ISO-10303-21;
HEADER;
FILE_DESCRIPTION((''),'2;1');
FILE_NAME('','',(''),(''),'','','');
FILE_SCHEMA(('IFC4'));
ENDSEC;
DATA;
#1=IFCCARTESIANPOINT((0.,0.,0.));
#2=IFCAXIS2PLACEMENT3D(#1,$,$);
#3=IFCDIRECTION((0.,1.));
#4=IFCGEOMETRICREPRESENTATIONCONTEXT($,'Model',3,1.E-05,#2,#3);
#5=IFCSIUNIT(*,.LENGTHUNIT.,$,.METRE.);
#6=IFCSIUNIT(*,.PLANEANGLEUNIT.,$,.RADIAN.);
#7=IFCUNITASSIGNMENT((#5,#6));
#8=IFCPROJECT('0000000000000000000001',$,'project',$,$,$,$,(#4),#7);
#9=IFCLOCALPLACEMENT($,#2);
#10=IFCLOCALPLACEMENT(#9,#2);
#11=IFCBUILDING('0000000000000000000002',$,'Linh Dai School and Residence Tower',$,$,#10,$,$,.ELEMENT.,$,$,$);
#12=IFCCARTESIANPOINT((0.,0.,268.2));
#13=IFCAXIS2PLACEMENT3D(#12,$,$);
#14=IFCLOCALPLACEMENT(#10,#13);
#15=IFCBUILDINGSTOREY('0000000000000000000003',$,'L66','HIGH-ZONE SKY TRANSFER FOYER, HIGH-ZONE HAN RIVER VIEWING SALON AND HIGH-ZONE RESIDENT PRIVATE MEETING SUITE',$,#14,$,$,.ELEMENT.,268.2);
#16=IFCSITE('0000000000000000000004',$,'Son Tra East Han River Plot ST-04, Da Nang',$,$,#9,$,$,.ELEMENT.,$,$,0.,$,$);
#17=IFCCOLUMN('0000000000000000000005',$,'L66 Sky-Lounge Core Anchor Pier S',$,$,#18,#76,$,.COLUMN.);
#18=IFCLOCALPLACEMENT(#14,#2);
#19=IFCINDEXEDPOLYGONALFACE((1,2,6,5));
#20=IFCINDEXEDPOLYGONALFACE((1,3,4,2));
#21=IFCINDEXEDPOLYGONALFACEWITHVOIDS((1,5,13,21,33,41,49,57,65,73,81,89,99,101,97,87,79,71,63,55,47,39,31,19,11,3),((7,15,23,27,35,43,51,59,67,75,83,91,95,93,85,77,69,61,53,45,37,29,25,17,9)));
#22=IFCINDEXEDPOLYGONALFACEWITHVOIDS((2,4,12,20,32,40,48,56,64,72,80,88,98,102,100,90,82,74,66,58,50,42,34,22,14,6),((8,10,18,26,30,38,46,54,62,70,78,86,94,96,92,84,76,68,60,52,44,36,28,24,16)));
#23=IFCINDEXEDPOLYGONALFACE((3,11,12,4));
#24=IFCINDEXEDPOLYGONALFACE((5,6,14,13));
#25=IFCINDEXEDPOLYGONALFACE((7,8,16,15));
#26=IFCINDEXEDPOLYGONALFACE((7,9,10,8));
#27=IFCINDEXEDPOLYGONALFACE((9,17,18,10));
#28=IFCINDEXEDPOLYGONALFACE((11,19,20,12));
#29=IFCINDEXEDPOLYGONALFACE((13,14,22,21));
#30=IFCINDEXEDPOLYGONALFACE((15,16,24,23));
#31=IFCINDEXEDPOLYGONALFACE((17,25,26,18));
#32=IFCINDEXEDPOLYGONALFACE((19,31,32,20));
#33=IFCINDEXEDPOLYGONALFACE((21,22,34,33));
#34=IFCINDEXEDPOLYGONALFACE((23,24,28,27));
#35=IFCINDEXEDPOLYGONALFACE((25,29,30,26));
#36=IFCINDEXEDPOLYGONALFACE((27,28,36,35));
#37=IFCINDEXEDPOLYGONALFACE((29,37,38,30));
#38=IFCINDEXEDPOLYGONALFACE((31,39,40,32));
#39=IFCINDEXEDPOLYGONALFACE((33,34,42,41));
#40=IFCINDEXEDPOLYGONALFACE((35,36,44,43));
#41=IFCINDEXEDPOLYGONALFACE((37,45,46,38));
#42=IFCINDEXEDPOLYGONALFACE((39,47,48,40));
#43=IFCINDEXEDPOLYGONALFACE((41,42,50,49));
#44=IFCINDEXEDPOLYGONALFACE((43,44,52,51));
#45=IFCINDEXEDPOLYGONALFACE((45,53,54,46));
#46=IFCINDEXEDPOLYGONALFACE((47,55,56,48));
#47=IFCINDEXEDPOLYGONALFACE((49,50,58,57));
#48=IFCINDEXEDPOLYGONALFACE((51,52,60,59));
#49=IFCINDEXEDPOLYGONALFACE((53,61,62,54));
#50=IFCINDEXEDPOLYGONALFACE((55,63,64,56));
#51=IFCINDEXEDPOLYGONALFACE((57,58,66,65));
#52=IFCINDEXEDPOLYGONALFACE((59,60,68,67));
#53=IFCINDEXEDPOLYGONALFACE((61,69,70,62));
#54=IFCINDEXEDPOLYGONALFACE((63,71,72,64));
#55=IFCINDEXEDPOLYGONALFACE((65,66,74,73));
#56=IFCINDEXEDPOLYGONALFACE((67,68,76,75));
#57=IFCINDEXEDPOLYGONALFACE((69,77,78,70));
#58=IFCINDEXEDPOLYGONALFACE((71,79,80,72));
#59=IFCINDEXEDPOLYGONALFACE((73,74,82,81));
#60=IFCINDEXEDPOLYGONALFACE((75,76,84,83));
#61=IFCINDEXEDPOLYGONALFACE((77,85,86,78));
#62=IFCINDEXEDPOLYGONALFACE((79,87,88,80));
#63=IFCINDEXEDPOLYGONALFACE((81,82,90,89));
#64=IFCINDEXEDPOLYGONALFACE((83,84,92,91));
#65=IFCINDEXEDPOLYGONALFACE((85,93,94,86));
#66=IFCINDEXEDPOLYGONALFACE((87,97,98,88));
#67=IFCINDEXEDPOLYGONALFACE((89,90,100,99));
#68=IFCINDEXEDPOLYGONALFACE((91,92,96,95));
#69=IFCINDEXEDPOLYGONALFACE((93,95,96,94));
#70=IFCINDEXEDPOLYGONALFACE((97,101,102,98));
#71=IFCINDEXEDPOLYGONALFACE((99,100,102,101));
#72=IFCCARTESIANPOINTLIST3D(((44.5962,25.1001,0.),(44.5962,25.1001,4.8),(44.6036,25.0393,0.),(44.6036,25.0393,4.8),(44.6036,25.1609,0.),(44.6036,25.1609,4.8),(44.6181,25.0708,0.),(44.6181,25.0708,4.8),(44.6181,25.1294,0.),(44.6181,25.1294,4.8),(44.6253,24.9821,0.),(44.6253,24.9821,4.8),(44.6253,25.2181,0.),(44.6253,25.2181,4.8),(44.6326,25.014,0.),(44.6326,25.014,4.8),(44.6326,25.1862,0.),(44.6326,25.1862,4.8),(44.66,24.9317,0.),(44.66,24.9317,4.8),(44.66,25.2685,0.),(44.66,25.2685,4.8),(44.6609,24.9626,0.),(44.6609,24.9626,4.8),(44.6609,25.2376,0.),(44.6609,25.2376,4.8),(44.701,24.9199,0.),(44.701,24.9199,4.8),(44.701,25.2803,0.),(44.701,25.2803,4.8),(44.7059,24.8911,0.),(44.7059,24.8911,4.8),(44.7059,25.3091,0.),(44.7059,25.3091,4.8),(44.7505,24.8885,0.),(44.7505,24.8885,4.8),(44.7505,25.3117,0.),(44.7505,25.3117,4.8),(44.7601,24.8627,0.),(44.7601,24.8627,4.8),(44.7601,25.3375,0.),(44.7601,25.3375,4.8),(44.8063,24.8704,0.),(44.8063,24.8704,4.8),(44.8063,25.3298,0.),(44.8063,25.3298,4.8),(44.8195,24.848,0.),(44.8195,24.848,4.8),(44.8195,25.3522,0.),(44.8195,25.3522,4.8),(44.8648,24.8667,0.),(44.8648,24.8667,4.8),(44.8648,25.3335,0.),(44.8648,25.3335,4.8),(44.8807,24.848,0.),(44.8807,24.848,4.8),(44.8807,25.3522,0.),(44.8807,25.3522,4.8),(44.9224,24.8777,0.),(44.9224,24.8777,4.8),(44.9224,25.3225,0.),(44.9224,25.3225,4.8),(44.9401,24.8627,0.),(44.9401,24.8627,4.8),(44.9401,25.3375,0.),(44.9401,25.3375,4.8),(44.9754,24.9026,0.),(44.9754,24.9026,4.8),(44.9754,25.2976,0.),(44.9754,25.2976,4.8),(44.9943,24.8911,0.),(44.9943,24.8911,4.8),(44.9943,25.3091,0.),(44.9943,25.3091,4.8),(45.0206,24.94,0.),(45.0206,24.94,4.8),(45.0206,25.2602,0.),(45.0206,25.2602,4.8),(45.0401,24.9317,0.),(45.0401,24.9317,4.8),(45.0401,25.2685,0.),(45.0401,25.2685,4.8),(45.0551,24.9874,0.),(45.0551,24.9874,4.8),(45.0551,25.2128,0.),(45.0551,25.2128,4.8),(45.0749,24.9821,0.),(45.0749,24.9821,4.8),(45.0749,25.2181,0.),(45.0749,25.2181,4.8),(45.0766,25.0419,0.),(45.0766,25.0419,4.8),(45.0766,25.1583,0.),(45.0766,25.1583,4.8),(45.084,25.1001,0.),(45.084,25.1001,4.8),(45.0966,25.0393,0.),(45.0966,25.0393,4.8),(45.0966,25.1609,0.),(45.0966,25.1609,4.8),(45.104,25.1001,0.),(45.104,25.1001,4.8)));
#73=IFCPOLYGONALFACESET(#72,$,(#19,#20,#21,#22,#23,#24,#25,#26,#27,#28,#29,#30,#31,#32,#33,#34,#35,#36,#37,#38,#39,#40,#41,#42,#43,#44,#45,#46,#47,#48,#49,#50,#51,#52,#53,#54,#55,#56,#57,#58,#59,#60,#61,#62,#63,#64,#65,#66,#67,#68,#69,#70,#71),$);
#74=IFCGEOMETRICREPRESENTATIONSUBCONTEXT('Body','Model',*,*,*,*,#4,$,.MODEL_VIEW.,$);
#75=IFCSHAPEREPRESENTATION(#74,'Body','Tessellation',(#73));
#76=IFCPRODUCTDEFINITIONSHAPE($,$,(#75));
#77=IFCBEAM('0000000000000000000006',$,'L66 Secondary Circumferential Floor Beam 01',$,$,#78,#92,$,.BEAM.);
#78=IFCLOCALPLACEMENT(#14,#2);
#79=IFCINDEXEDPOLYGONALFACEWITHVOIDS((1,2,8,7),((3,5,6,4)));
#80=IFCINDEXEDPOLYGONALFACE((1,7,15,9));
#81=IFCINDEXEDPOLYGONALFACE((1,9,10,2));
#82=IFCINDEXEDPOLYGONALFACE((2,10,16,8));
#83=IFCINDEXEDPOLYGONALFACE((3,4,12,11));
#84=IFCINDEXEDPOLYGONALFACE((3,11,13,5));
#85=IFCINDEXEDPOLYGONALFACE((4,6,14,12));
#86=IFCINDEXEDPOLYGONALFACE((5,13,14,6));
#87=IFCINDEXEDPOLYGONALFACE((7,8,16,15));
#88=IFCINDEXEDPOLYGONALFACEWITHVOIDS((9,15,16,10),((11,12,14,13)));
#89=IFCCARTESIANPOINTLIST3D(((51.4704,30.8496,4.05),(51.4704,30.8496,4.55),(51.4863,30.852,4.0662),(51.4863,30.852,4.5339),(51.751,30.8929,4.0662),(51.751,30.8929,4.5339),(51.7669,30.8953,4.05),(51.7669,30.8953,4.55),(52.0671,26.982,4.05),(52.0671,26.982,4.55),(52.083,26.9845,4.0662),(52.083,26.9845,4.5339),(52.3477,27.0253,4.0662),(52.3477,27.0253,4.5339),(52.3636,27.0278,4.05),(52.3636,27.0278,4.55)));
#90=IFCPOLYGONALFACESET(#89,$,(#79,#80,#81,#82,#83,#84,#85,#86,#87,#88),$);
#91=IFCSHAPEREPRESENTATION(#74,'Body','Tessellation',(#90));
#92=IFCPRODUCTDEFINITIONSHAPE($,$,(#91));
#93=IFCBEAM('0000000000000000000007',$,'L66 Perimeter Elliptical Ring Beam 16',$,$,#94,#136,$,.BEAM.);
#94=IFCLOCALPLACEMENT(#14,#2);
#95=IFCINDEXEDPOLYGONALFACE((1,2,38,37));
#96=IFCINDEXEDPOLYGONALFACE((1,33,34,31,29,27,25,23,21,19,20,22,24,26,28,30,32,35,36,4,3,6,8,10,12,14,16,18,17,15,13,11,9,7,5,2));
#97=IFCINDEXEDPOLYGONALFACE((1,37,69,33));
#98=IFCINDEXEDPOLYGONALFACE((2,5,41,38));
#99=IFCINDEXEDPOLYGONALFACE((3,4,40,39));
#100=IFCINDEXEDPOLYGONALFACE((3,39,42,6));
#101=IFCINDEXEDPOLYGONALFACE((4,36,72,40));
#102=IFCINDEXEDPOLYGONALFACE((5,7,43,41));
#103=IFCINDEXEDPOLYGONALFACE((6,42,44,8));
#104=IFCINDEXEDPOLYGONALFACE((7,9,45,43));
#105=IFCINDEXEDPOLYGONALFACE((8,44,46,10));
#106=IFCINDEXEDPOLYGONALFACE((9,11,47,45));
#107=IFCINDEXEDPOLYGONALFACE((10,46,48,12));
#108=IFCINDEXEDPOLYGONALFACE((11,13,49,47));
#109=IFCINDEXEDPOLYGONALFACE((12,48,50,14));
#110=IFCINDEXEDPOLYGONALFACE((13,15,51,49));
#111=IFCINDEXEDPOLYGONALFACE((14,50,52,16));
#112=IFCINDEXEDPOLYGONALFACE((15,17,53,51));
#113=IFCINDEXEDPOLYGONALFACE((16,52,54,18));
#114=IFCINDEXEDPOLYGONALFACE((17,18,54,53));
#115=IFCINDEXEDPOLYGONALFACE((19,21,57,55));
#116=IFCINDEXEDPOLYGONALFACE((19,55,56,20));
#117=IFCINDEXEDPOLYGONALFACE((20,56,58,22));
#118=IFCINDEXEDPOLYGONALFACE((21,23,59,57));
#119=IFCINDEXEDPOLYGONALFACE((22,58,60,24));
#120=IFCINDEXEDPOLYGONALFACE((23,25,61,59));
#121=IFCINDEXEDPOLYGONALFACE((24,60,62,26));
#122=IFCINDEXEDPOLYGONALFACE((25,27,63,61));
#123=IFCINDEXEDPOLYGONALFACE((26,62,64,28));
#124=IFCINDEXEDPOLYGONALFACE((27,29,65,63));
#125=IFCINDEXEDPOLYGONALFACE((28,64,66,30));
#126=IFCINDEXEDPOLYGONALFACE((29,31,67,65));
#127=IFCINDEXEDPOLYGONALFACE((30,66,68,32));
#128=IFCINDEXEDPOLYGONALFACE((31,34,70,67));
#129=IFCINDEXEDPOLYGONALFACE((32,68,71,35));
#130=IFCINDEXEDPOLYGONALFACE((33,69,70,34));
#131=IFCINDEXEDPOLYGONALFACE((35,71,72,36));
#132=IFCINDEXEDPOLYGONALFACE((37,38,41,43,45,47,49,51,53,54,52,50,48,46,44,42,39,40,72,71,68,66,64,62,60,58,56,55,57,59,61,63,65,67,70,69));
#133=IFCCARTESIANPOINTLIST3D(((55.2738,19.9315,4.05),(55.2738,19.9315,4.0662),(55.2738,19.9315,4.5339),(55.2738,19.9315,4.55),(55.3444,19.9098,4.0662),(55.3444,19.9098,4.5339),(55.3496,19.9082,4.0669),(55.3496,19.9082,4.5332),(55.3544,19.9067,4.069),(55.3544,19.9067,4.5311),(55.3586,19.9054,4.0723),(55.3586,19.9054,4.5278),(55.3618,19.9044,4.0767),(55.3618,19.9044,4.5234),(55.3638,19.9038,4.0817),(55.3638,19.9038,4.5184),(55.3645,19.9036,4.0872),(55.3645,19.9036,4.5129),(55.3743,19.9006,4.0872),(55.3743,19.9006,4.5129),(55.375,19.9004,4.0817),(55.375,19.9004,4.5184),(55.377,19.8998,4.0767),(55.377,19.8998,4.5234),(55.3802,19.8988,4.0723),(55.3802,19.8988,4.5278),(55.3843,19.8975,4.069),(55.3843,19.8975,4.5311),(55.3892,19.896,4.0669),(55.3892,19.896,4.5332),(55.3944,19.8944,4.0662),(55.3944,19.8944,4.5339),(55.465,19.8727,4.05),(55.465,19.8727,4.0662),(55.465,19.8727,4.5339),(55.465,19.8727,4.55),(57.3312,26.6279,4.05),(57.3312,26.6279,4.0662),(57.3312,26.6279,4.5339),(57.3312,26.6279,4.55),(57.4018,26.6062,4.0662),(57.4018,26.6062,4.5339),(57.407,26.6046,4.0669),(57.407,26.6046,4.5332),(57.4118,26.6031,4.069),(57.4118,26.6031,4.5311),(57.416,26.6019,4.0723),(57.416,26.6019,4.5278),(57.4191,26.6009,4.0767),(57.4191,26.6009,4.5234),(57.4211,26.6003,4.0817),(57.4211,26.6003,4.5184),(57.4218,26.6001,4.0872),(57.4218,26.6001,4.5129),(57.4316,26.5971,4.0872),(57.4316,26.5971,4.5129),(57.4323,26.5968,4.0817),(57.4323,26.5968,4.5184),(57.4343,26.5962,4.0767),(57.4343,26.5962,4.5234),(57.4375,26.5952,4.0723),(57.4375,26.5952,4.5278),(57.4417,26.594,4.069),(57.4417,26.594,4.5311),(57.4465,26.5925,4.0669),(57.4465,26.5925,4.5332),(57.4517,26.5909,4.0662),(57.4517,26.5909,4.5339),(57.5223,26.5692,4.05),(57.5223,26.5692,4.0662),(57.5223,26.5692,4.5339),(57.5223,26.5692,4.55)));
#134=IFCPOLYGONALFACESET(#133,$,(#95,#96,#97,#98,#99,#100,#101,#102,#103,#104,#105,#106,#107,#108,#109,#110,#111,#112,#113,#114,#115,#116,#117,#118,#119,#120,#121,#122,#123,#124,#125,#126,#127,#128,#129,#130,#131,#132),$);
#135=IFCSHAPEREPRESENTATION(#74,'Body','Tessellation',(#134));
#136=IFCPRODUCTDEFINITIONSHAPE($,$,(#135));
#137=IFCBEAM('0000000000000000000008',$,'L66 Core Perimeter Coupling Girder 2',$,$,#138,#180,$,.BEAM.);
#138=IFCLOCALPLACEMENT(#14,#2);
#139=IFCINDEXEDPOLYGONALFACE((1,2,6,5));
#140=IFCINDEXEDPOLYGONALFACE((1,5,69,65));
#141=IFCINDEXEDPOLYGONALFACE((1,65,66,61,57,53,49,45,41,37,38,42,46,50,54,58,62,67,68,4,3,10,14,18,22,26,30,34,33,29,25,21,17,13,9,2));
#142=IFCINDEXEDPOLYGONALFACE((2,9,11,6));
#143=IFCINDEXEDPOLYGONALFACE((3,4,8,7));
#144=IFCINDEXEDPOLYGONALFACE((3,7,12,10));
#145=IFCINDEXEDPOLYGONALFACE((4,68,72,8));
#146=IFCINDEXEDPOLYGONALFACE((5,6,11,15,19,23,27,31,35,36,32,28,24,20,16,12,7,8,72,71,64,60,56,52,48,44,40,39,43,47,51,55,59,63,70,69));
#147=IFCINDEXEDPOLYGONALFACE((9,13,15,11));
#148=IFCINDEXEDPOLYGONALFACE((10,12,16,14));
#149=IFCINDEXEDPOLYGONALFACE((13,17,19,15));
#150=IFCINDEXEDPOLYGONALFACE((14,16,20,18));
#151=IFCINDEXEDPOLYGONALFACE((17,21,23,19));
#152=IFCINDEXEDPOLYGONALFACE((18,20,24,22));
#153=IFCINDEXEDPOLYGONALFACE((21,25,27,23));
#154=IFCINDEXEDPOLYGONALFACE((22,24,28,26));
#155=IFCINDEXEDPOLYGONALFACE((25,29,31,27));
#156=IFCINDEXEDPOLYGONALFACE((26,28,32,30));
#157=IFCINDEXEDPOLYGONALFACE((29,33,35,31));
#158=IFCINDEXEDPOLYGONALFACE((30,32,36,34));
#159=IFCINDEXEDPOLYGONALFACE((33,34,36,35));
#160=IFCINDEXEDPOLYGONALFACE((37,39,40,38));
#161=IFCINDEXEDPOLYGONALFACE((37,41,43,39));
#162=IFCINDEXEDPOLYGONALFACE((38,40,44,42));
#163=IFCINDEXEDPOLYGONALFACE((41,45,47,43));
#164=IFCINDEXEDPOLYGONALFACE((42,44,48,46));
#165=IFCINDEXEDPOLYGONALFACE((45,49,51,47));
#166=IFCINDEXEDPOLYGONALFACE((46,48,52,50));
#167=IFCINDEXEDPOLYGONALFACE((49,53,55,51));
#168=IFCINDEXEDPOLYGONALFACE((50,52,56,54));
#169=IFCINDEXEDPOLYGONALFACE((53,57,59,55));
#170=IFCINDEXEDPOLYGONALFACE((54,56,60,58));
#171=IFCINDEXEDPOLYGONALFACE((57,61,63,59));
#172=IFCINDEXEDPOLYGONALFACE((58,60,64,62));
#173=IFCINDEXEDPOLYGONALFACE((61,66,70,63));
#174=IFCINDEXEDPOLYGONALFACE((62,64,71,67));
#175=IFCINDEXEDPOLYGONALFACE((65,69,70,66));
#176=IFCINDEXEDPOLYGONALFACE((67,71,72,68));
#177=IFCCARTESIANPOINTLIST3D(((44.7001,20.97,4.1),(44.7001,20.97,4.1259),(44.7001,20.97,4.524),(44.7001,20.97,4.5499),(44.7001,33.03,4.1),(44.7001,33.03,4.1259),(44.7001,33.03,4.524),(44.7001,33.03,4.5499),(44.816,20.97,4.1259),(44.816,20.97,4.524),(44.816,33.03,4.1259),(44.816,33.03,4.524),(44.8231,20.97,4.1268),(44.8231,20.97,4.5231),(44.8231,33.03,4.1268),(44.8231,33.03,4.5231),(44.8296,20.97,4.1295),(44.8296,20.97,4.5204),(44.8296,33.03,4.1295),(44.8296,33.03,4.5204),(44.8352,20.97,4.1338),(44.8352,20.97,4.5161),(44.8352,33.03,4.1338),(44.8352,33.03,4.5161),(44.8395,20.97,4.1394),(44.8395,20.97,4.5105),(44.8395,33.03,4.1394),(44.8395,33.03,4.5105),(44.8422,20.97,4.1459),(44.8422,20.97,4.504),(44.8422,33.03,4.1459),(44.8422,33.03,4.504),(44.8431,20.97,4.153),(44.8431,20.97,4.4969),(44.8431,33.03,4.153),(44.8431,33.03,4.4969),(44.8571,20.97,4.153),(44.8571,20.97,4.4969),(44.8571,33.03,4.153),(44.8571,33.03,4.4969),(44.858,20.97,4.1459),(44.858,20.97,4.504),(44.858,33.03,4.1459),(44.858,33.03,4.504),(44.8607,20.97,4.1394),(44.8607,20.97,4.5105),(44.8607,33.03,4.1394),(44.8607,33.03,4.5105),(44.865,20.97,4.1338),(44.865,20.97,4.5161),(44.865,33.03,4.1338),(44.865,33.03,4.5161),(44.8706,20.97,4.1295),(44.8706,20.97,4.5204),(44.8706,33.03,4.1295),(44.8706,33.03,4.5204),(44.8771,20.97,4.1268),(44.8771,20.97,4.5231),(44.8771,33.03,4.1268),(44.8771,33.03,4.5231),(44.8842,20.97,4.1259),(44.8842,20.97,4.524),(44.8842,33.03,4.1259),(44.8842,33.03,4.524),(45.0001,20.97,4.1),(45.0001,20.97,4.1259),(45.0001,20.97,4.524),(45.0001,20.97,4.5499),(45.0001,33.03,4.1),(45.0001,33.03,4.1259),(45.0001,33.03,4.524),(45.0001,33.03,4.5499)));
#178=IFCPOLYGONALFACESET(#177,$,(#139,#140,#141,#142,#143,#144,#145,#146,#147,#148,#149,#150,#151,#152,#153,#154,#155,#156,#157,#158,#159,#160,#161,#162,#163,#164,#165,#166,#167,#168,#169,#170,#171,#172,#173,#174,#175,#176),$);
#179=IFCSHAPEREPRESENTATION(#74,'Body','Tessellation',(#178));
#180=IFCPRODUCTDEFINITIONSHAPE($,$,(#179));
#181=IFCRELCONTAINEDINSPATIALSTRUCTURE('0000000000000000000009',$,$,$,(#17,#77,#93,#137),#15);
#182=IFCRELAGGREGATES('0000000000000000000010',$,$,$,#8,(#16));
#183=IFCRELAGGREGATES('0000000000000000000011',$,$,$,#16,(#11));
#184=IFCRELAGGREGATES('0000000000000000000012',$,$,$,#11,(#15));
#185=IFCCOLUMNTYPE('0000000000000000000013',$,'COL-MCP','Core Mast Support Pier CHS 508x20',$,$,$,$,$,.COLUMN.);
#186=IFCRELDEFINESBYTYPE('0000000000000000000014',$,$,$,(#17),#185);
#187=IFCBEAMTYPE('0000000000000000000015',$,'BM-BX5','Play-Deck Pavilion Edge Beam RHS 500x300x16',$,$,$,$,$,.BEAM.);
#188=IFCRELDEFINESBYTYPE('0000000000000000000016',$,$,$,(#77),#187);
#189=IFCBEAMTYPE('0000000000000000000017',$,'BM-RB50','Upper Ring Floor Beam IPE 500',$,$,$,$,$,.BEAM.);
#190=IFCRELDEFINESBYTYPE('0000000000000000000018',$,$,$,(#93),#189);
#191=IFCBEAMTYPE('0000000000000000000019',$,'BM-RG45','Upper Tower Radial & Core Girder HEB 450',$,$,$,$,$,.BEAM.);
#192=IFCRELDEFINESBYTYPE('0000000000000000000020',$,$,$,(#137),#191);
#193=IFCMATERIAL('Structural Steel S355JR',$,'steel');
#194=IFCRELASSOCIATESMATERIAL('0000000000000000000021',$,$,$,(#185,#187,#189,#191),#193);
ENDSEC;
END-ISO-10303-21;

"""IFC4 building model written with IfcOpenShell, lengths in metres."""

from ifc_helpers import new_model, si_unit, direction, frame, origin, origin_2d, place, context, subcontext, project, spatial, hollow_rectangle, hollow_circle, i_section, extrude, material, material_profile, profile_set, type_object, element, save


model = new_model("IFC4")

# Units and contexts
model_context = context("Model", 3, precision=1e-05, world=origin(), true_north=direction((0.0, 1.0)))
body_context = subcontext(model_context, "Body", "Model", "MODEL_VIEW")
ifc_project = project(units=[si_unit("LENGTHUNIT", "METRE"), si_unit("PLANEANGLEUNIT", "RADIAN")], contexts=[model_context])

# Site, building, storey
site_placement = place(None, origin())
site = spatial("IfcSite", under=ifc_project, at=site_placement, Name="Son Tra East Han River Plot ST-04, Da Nang", CompositionType="ELEMENT", RefElevation=0.0)
building_placement = place(site_placement, origin())
building = spatial("IfcBuilding", under=site, at=building_placement, Name="Linh Dai School and Residence Tower", CompositionType="ELEMENT")
storey_placement = place(building_placement, frame((0.0, 0.0, 268.2)))
storey = spatial("IfcBuildingStorey", under=building, at=storey_placement, Name="L66", Description="HIGH-ZONE SKY TRANSFER FOYER, HIGH-ZONE HAN RIVER VIEWING SALON AND HIGH-ZONE RESIDENT PRIVATE MEETING SUITE", CompositionType="ELEMENT", Elevation=268.2)

# Column
ifc_material_1 = material(Name="Structural Steel S355JR", Category="steel")
ifc_material_profile_1 = material_profile(ifc_material_1, hollow_circle(Radius=0.2539, WallThickness=0.02, at=origin_2d()), Name="CHS 508x20")
ifc_profile_set_1 = profile_set([ifc_material_profile_1], Name="Structural Steel S355JR")
column_type_1 = type_object("IfcColumnType", Name="COL-MCP", Description="Core Mast Support Pier CHS 508x20", PredefinedType="COLUMN", material=ifc_profile_set_1)
column_1_placement = place(storey_placement, frame((44.8501, 25.1001, 0.0), z_axis=(0.0, 0.0, 1.0), x_axis=(1.0, 0.0, 0.0)))
element("IfcColumn", 1, at=column_1_placement, inside=storey, type_object=column_type_1, Name="L66 Sky-Lounge Core Anchor Pier S", PredefinedType="COLUMN", context=body_context, shape_type="SweptSolid", body=[
    extrude(hollow_circle(Radius=0.2539, WallThickness=0.02, at=origin_2d()), origin(), (0.0, 0.0, 1.0), 4.8),
])

# Beams
ifc_material_profile_2 = material_profile(ifc_material_1, hollow_rectangle(XDim=0.3, YDim=0.5, WallThickness=0.0161, at=origin_2d()), Name="RHS 500x300x16")
ifc_profile_set_2 = profile_set([ifc_material_profile_2], Name="Structural Steel S355JR")
beam_type_1 = type_object("IfcBeamType", Name="BM-BX5", Description="Play-Deck Pavilion Edge Beam RHS 500x300x16", PredefinedType="BEAM", material=ifc_profile_set_2)
beam_1_placement = place(storey_placement, frame((52.2153, 27.0049, 4.3), z_axis=(-0.15247, 0.988308, 0.0), x_axis=(-0.988308, -0.15247, 0.0)))
element("IfcBeam", 2, at=beam_1_placement, inside=storey, type_object=beam_type_1, Name="L66 Secondary Circumferential Floor Beam 01", PredefinedType="BEAM", context=body_context, shape_type="SweptSolid", body=[
    extrude(hollow_rectangle(XDim=0.3, YDim=0.5, WallThickness=0.0161, at=origin_2d()), origin(), (0.0, 0.0, 1.0), 3.9133),
])
ifc_material_profile_3 = material_profile(ifc_material_1, i_section(OverallWidth=0.2, OverallDepth=0.5, WebThickness=0.0103, FlangeThickness=0.0161, FilletRadius=0.021, at=origin_2d()), Name="IPE 500")
ifc_profile_set_3 = profile_set([ifc_material_profile_3], Name="Structural Steel S355JR")
beam_type_2 = type_object("IfcBeamType", Name="BM-RB50", Description="Upper Ring Floor Beam IPE 500", PredefinedType="BEAM", material=ifc_profile_set_3)
beam_2_placement = place(storey_placement, frame((55.3694, 19.9021, 4.3), z_axis=(0.293682, 0.955903, 0.0), x_axis=(-0.955903, 0.293682, 0.0)))
element("IfcBeam", 3, at=beam_2_placement, inside=storey, type_object=beam_type_2, Name="L66 Perimeter Elliptical Ring Beam 16", PredefinedType="BEAM", context=body_context, shape_type="SweptSolid", body=[
    extrude(i_section(OverallWidth=0.2, OverallDepth=0.5, WebThickness=0.0103, FlangeThickness=0.0161, FilletRadius=0.021, at=origin_2d()), origin(), (0.0, 0.0, 1.0), 7.0054),
])
ifc_material_profile_4 = material_profile(ifc_material_1, i_section(OverallWidth=0.3, OverallDepth=0.45, WebThickness=0.0139, FlangeThickness=0.0259, FilletRadius=0.0271, at=origin_2d()), Name="HEB 450")
ifc_profile_set_4 = profile_set([ifc_material_profile_4], Name="Structural Steel S355JR")
beam_type_3 = type_object("IfcBeamType", Name="BM-RG45", Description="Upper Tower Radial & Core Girder HEB 450", PredefinedType="BEAM", material=ifc_profile_set_4)
beam_3_placement = place(storey_placement, frame((44.8501, 20.97, 4.325), z_axis=(0.0, 1.0, 0.0), x_axis=(-1.0, 0.0, 0.0)))
element("IfcBeam", 4, at=beam_3_placement, inside=storey, type_object=beam_type_3, Name="L66 Core Perimeter Coupling Girder 2", PredefinedType="BEAM", context=body_context, shape_type="SweptSolid", body=[
    extrude(i_section(OverallWidth=0.3, OverallDepth=0.45, WebThickness=0.0139, FlangeThickness=0.0259, FilletRadius=0.0271, at=origin_2d()), origin(), (0.0, 0.0, 1.0), 12.0601),
])

save(model, "model.ifc")
